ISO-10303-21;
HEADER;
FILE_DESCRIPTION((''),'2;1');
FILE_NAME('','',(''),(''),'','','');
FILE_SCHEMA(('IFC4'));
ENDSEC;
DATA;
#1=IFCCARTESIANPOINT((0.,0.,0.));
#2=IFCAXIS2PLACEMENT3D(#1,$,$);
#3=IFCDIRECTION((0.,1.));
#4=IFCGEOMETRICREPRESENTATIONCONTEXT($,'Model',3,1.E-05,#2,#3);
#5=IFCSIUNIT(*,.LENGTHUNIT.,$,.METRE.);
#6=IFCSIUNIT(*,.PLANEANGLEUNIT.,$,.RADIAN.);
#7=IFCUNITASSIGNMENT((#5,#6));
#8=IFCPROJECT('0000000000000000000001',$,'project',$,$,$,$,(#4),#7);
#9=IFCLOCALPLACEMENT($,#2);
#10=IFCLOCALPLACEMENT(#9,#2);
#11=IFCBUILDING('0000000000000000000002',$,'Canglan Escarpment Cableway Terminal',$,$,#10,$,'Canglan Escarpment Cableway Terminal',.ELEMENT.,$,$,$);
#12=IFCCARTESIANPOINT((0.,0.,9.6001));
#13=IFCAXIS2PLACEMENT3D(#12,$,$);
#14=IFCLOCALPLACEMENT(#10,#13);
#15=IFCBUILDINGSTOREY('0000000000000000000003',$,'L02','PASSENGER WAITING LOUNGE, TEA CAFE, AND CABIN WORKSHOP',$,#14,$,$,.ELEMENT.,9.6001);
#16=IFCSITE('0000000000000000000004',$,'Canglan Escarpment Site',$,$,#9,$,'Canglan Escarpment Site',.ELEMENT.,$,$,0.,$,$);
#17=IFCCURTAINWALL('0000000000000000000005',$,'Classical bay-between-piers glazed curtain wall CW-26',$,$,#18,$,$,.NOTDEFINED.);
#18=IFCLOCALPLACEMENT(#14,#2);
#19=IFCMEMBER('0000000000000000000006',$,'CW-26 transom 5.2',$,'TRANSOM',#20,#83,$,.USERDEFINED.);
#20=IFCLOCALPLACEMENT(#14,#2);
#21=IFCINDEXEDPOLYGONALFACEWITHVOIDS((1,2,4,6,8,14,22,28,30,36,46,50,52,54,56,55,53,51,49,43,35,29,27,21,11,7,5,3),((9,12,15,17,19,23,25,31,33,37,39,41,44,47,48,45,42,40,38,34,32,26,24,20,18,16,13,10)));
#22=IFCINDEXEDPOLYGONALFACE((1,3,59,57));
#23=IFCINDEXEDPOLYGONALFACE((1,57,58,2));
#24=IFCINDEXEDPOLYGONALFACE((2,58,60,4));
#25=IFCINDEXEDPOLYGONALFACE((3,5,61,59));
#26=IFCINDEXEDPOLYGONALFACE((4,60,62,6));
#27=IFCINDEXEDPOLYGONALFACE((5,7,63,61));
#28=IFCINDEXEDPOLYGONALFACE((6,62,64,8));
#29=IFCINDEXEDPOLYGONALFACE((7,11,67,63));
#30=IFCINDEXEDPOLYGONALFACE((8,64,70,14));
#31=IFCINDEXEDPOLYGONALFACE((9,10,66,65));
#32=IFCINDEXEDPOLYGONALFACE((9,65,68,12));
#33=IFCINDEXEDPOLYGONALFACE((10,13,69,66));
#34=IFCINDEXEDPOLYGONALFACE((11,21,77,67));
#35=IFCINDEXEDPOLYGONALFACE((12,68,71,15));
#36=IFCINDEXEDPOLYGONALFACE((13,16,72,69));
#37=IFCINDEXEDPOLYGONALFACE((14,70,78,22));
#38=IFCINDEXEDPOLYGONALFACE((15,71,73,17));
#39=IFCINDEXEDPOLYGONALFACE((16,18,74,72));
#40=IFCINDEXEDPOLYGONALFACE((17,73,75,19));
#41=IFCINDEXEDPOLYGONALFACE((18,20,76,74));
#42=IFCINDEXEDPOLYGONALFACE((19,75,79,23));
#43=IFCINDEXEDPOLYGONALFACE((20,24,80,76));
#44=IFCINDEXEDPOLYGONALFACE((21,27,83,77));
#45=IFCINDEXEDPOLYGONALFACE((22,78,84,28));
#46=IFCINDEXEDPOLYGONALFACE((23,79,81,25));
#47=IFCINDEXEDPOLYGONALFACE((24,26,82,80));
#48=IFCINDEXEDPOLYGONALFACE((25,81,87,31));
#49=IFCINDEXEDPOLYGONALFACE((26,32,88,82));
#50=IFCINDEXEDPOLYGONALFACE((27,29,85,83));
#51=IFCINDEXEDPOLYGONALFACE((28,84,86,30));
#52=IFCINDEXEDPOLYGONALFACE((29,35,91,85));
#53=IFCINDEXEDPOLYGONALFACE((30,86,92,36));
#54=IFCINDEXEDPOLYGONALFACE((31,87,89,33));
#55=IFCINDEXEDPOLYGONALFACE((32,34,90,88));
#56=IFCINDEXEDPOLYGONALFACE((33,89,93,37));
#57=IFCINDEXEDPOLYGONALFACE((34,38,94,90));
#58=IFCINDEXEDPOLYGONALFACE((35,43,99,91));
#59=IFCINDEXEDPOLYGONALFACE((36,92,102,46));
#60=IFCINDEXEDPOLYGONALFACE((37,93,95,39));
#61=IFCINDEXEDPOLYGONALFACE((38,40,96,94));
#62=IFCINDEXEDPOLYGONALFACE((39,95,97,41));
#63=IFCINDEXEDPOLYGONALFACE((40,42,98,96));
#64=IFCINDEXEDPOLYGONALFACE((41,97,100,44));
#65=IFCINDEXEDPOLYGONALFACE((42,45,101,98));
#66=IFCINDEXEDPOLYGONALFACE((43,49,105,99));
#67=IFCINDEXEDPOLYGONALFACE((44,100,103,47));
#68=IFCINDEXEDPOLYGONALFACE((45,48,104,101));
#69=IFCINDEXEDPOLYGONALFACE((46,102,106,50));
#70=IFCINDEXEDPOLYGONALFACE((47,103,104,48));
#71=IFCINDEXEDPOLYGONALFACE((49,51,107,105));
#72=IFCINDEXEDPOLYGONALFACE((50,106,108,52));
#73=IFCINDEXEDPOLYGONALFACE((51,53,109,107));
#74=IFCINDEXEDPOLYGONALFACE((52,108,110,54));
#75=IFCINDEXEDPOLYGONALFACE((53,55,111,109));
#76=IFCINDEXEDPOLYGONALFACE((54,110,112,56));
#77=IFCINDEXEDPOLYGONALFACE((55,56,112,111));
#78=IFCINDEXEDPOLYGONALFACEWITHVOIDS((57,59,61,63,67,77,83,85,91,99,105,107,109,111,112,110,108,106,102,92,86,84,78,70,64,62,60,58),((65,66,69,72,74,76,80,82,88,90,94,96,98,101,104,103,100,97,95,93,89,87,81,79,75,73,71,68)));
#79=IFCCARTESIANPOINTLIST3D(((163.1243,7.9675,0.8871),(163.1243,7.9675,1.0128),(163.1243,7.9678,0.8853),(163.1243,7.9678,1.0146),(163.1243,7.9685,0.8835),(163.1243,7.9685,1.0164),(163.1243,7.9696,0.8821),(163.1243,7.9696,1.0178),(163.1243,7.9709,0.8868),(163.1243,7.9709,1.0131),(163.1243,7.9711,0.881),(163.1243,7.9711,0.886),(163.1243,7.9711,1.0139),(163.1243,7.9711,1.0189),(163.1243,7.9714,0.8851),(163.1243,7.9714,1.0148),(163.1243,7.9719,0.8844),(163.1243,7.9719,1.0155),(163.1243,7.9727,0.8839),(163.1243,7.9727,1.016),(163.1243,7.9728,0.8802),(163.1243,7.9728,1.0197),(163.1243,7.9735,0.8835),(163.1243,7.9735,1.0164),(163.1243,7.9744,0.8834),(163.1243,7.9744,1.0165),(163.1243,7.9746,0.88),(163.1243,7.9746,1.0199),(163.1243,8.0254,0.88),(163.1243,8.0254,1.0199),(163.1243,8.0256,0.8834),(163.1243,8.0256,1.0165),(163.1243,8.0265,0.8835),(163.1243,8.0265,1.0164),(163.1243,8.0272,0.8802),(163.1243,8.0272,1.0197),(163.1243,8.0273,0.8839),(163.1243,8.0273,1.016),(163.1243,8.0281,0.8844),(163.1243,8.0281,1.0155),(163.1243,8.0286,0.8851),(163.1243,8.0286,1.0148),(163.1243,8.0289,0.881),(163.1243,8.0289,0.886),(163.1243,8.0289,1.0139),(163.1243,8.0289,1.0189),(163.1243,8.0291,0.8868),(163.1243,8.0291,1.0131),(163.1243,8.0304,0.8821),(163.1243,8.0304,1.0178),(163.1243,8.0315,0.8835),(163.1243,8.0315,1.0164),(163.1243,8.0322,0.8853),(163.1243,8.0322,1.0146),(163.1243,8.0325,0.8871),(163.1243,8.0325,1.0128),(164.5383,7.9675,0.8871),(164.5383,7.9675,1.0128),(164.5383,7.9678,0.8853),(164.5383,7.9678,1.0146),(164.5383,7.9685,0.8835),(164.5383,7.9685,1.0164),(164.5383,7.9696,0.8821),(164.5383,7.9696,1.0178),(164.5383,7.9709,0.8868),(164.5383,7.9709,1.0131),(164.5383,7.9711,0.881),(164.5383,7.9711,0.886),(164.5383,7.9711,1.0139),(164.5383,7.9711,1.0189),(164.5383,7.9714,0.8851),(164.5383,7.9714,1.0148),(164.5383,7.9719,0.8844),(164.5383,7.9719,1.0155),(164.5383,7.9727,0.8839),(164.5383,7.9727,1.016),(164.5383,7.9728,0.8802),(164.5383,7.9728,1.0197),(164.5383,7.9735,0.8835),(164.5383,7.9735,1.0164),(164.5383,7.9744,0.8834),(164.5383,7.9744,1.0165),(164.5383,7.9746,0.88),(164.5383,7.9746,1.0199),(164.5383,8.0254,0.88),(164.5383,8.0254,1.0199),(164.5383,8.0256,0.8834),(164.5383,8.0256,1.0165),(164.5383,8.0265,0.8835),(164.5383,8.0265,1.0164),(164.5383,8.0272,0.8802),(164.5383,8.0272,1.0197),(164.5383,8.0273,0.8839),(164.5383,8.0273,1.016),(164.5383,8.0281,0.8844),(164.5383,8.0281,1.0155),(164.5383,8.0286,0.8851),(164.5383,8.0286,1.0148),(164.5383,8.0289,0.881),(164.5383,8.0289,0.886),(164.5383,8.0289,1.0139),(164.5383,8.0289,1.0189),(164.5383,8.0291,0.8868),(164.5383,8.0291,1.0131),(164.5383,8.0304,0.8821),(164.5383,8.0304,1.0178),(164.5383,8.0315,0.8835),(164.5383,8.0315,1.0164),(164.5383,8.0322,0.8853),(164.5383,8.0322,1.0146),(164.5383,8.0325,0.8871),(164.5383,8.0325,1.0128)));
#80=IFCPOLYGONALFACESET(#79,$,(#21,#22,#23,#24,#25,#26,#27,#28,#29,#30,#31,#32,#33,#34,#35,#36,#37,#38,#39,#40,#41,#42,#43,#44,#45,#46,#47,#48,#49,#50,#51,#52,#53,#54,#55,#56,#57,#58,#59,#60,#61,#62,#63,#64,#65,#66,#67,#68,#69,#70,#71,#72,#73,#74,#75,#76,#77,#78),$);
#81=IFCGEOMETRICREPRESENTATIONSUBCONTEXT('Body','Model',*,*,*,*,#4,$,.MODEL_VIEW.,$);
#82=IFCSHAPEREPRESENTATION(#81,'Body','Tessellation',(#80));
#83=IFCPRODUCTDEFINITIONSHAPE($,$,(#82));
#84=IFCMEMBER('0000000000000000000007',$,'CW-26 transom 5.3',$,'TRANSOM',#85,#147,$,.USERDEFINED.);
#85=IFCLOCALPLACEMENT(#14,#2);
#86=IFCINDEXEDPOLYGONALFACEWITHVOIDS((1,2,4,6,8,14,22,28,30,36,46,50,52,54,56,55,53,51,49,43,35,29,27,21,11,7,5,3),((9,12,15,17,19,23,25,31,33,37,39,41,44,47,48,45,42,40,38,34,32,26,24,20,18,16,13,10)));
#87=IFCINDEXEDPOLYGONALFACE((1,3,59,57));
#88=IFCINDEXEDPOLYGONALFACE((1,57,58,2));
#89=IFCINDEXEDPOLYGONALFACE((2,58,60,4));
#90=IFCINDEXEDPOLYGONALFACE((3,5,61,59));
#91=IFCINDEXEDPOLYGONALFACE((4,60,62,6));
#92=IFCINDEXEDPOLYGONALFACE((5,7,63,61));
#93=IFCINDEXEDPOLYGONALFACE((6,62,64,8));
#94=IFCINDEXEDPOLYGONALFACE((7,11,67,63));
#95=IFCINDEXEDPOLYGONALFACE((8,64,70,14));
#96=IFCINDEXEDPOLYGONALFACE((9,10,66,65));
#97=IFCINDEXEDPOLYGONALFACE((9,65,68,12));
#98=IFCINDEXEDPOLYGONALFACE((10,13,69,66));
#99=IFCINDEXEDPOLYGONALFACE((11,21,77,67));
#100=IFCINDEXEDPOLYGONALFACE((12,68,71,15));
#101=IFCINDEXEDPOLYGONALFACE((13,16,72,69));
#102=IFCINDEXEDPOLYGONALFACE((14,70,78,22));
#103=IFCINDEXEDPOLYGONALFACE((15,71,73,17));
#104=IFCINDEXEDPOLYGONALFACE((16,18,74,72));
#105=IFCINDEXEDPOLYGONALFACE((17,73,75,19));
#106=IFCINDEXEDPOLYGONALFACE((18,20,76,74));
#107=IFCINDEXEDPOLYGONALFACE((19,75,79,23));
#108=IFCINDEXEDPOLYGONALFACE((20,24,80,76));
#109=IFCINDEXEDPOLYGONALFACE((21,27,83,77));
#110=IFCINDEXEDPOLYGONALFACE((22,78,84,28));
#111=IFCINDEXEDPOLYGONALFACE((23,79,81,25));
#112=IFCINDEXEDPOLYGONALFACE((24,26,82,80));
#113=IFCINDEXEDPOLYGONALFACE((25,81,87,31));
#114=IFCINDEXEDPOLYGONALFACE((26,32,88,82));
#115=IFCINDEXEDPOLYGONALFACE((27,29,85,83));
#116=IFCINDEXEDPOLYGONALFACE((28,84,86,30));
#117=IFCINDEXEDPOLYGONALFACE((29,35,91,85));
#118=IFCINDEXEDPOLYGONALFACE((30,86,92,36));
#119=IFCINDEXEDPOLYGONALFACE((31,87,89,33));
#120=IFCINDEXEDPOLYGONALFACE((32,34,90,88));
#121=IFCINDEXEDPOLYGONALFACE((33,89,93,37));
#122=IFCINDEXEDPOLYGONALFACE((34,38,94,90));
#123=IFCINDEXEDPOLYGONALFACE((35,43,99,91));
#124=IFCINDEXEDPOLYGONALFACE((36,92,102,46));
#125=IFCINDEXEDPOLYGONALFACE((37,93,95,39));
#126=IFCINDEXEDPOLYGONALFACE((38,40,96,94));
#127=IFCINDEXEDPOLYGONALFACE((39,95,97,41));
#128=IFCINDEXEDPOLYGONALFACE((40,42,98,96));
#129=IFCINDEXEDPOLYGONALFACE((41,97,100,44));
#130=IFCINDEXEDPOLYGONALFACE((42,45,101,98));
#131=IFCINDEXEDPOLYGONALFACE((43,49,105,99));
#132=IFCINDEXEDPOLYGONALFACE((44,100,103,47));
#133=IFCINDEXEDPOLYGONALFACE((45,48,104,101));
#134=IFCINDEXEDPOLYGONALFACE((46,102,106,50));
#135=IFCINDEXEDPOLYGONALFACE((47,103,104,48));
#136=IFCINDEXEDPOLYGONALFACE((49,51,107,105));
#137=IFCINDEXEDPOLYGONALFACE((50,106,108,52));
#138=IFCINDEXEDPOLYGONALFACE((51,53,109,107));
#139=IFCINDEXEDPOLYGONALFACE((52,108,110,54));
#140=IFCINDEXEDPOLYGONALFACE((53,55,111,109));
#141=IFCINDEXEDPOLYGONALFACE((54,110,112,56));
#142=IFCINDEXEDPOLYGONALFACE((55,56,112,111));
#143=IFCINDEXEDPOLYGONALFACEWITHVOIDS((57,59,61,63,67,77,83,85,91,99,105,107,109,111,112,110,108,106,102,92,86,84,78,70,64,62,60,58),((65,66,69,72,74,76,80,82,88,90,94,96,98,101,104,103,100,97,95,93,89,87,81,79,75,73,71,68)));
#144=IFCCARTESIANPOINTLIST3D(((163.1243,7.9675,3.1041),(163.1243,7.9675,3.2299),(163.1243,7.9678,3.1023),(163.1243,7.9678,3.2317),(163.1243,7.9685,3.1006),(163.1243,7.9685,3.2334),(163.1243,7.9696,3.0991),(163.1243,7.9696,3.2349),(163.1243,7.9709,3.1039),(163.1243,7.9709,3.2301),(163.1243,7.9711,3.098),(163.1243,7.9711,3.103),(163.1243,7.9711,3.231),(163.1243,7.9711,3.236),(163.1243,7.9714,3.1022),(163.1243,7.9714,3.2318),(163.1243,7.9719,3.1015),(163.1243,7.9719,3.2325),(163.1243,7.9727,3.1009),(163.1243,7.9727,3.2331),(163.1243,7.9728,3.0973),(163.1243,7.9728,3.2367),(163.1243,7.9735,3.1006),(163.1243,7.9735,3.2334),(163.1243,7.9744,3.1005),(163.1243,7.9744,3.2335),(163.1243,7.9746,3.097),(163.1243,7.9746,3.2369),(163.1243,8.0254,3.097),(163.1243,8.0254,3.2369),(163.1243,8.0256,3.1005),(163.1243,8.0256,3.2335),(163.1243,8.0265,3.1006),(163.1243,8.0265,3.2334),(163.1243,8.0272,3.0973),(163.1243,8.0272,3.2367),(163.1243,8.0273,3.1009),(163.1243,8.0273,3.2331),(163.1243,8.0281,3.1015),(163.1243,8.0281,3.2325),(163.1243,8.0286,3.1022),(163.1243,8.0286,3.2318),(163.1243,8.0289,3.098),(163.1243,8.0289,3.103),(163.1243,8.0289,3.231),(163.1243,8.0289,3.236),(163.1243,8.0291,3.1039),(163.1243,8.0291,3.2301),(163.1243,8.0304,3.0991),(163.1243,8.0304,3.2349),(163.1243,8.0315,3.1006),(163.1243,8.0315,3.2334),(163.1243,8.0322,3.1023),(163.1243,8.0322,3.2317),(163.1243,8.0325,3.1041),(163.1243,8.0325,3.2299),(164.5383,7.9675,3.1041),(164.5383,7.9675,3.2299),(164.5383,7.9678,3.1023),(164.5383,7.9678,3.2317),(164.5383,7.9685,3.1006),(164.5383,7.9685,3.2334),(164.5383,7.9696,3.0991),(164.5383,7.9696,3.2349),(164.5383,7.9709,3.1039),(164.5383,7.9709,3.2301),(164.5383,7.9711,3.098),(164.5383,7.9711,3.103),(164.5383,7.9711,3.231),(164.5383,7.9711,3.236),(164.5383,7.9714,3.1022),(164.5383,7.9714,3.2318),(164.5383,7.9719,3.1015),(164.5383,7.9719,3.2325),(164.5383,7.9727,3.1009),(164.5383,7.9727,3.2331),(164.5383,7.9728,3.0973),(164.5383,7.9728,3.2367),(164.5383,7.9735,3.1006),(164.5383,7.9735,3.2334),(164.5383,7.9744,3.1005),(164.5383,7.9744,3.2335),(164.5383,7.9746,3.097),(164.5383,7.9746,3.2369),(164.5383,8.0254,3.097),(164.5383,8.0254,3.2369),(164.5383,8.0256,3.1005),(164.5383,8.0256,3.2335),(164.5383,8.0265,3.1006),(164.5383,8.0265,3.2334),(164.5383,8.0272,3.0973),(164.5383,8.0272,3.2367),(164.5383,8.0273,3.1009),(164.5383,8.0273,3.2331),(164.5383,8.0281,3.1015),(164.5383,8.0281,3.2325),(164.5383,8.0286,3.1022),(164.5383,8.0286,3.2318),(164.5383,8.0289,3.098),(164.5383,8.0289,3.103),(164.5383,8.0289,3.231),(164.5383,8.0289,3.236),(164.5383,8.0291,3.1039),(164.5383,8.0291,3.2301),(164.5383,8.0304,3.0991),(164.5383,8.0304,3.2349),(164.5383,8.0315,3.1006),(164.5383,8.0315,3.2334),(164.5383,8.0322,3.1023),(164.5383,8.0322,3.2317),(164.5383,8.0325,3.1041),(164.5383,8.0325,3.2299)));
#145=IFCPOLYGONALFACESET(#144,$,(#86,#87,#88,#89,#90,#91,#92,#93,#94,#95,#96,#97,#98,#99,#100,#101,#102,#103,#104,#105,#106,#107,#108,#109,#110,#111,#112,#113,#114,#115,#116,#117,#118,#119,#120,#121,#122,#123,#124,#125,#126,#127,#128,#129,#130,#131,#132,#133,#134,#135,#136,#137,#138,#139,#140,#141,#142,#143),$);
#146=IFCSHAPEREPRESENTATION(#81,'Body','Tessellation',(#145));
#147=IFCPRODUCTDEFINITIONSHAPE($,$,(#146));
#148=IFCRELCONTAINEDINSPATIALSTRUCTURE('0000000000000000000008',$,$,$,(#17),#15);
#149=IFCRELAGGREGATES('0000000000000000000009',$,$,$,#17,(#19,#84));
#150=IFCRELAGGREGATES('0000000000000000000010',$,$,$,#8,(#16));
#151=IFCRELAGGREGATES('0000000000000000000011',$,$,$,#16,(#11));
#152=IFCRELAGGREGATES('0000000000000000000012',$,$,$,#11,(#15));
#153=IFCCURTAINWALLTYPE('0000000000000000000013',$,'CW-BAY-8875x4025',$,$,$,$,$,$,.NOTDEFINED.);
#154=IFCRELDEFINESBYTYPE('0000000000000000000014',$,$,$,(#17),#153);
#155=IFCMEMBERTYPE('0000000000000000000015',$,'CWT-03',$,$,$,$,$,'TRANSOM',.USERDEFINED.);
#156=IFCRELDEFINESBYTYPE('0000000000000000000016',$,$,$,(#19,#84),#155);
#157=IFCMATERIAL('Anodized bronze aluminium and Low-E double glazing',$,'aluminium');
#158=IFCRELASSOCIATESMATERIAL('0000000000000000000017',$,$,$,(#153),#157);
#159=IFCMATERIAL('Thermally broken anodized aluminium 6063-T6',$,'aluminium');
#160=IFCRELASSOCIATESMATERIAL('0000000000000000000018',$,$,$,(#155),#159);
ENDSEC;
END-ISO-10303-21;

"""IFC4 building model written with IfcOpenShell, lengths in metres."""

from ifc_helpers import new_model, si_unit, direction, frame, origin, origin_2d, place, context, subcontext, project, spatial, hollow_rectangle, extrude, material, material_profile, profile_set, type_object, element, aggregate, save


model = new_model("IFC4")

# Units and contexts
model_context = context("Model", 3, precision=1e-05, world=origin(), true_north=direction((0.0, 1.0)))
body_context = subcontext(model_context, "Body", "Model", "MODEL_VIEW")
ifc_project = project(units=[si_unit("LENGTHUNIT", "METRE"), si_unit("PLANEANGLEUNIT", "RADIAN")], contexts=[model_context])

# Site, building, storey
site_placement = place(None, origin())
site = spatial("IfcSite", under=ifc_project, at=site_placement, Name="Canglan Escarpment Site", LongName="Canglan Escarpment Site", CompositionType="ELEMENT", RefElevation=0.0)
building_placement = place(site_placement, origin())
building = spatial("IfcBuilding", under=site, at=building_placement, Name="Canglan Escarpment Cableway Terminal", LongName="Canglan Escarpment Cableway Terminal", CompositionType="ELEMENT")
storey_placement = place(building_placement, frame((0.0, 0.0, 9.6001)))
storey = spatial("IfcBuildingStorey", under=building, at=storey_placement, Name="L02", Description="PASSENGER WAITING LOUNGE, TEA CAFE, AND CABIN WORKSHOP", CompositionType="ELEMENT", Elevation=9.6001)

# Curtain wall
ifc_material_1 = material(Name="Anodized bronze aluminium and Low-E double glazing", Category="aluminium")
ifc_material_2 = material(Name="Thermally broken anodized aluminium 6063-T6", Category="aluminium")
curtain_wall_type_1 = type_object("IfcCurtainWallType", Name="CW-BAY-8875x4025", PredefinedType="NOTDEFINED", material=ifc_material_1)
curtain_wall_1_placement = place(storey_placement, origin())
curtain_wall_1 = element("IfcCurtainWall", 1, at=curtain_wall_1_placement, inside=storey, type_object=curtain_wall_type_1, Name="Classical bay-between-piers glazed curtain wall CW-26", PredefinedType="NOTDEFINED")

# Members
ifc_material_profile_1 = material_profile(ifc_material_2, hollow_rectangle(XDim=0.0649, YDim=0.1399, WallThickness=0.0034, InnerFilletRadius=0.0034, OuterFilletRadius=0.0071, at=origin_2d()), Name="ALU-TRAN 65x140x3.5")
ifc_profile_set_1 = profile_set([ifc_material_profile_1], Name="Thermally broken anodized aluminium 6063-T6")
member_type_1 = type_object("IfcMemberType", Name="CWT-03", ElementType="TRANSOM", PredefinedType="USERDEFINED", material=ifc_profile_set_1)
member_1_placement = place(storey_placement, frame((163.1243, 8.0, 0.95), z_axis=(1.0, 0.0, 0.0), x_axis=(0.0, 1.0, 0.0)))
member_1 = element("IfcMember", 2, at=member_1_placement, type_object=member_type_1, Name="CW-26 transom 5.2", ObjectType="TRANSOM", PredefinedType="USERDEFINED", context=body_context, shape_type="SweptSolid", body=[
    extrude(hollow_rectangle(XDim=0.0649, YDim=0.1399, WallThickness=0.0034, InnerFilletRadius=0.0034, OuterFilletRadius=0.0071, at=origin_2d()), origin(), (0.0, 0.0, 1.0), 1.4141),
])
member_2_placement = place(storey_placement, frame((163.1243, 8.0, 3.167), z_axis=(1.0, 0.0, 0.0), x_axis=(0.0, 1.0, 0.0)))
member_2 = element("IfcMember", 3, at=member_2_placement, type_object=member_type_1, Name="CW-26 transom 5.3", ObjectType="TRANSOM", PredefinedType="USERDEFINED", context=body_context, shape_type="SweptSolid", body=[
    extrude(hollow_rectangle(XDim=0.0649, YDim=0.1399, WallThickness=0.0034, InnerFilletRadius=0.0034, OuterFilletRadius=0.0071, at=origin_2d()), origin(), (0.0, 0.0, 1.0), 1.4141),
])

aggregate(curtain_wall_1, [member_1, member_2])

save(model, "model.ifc")
